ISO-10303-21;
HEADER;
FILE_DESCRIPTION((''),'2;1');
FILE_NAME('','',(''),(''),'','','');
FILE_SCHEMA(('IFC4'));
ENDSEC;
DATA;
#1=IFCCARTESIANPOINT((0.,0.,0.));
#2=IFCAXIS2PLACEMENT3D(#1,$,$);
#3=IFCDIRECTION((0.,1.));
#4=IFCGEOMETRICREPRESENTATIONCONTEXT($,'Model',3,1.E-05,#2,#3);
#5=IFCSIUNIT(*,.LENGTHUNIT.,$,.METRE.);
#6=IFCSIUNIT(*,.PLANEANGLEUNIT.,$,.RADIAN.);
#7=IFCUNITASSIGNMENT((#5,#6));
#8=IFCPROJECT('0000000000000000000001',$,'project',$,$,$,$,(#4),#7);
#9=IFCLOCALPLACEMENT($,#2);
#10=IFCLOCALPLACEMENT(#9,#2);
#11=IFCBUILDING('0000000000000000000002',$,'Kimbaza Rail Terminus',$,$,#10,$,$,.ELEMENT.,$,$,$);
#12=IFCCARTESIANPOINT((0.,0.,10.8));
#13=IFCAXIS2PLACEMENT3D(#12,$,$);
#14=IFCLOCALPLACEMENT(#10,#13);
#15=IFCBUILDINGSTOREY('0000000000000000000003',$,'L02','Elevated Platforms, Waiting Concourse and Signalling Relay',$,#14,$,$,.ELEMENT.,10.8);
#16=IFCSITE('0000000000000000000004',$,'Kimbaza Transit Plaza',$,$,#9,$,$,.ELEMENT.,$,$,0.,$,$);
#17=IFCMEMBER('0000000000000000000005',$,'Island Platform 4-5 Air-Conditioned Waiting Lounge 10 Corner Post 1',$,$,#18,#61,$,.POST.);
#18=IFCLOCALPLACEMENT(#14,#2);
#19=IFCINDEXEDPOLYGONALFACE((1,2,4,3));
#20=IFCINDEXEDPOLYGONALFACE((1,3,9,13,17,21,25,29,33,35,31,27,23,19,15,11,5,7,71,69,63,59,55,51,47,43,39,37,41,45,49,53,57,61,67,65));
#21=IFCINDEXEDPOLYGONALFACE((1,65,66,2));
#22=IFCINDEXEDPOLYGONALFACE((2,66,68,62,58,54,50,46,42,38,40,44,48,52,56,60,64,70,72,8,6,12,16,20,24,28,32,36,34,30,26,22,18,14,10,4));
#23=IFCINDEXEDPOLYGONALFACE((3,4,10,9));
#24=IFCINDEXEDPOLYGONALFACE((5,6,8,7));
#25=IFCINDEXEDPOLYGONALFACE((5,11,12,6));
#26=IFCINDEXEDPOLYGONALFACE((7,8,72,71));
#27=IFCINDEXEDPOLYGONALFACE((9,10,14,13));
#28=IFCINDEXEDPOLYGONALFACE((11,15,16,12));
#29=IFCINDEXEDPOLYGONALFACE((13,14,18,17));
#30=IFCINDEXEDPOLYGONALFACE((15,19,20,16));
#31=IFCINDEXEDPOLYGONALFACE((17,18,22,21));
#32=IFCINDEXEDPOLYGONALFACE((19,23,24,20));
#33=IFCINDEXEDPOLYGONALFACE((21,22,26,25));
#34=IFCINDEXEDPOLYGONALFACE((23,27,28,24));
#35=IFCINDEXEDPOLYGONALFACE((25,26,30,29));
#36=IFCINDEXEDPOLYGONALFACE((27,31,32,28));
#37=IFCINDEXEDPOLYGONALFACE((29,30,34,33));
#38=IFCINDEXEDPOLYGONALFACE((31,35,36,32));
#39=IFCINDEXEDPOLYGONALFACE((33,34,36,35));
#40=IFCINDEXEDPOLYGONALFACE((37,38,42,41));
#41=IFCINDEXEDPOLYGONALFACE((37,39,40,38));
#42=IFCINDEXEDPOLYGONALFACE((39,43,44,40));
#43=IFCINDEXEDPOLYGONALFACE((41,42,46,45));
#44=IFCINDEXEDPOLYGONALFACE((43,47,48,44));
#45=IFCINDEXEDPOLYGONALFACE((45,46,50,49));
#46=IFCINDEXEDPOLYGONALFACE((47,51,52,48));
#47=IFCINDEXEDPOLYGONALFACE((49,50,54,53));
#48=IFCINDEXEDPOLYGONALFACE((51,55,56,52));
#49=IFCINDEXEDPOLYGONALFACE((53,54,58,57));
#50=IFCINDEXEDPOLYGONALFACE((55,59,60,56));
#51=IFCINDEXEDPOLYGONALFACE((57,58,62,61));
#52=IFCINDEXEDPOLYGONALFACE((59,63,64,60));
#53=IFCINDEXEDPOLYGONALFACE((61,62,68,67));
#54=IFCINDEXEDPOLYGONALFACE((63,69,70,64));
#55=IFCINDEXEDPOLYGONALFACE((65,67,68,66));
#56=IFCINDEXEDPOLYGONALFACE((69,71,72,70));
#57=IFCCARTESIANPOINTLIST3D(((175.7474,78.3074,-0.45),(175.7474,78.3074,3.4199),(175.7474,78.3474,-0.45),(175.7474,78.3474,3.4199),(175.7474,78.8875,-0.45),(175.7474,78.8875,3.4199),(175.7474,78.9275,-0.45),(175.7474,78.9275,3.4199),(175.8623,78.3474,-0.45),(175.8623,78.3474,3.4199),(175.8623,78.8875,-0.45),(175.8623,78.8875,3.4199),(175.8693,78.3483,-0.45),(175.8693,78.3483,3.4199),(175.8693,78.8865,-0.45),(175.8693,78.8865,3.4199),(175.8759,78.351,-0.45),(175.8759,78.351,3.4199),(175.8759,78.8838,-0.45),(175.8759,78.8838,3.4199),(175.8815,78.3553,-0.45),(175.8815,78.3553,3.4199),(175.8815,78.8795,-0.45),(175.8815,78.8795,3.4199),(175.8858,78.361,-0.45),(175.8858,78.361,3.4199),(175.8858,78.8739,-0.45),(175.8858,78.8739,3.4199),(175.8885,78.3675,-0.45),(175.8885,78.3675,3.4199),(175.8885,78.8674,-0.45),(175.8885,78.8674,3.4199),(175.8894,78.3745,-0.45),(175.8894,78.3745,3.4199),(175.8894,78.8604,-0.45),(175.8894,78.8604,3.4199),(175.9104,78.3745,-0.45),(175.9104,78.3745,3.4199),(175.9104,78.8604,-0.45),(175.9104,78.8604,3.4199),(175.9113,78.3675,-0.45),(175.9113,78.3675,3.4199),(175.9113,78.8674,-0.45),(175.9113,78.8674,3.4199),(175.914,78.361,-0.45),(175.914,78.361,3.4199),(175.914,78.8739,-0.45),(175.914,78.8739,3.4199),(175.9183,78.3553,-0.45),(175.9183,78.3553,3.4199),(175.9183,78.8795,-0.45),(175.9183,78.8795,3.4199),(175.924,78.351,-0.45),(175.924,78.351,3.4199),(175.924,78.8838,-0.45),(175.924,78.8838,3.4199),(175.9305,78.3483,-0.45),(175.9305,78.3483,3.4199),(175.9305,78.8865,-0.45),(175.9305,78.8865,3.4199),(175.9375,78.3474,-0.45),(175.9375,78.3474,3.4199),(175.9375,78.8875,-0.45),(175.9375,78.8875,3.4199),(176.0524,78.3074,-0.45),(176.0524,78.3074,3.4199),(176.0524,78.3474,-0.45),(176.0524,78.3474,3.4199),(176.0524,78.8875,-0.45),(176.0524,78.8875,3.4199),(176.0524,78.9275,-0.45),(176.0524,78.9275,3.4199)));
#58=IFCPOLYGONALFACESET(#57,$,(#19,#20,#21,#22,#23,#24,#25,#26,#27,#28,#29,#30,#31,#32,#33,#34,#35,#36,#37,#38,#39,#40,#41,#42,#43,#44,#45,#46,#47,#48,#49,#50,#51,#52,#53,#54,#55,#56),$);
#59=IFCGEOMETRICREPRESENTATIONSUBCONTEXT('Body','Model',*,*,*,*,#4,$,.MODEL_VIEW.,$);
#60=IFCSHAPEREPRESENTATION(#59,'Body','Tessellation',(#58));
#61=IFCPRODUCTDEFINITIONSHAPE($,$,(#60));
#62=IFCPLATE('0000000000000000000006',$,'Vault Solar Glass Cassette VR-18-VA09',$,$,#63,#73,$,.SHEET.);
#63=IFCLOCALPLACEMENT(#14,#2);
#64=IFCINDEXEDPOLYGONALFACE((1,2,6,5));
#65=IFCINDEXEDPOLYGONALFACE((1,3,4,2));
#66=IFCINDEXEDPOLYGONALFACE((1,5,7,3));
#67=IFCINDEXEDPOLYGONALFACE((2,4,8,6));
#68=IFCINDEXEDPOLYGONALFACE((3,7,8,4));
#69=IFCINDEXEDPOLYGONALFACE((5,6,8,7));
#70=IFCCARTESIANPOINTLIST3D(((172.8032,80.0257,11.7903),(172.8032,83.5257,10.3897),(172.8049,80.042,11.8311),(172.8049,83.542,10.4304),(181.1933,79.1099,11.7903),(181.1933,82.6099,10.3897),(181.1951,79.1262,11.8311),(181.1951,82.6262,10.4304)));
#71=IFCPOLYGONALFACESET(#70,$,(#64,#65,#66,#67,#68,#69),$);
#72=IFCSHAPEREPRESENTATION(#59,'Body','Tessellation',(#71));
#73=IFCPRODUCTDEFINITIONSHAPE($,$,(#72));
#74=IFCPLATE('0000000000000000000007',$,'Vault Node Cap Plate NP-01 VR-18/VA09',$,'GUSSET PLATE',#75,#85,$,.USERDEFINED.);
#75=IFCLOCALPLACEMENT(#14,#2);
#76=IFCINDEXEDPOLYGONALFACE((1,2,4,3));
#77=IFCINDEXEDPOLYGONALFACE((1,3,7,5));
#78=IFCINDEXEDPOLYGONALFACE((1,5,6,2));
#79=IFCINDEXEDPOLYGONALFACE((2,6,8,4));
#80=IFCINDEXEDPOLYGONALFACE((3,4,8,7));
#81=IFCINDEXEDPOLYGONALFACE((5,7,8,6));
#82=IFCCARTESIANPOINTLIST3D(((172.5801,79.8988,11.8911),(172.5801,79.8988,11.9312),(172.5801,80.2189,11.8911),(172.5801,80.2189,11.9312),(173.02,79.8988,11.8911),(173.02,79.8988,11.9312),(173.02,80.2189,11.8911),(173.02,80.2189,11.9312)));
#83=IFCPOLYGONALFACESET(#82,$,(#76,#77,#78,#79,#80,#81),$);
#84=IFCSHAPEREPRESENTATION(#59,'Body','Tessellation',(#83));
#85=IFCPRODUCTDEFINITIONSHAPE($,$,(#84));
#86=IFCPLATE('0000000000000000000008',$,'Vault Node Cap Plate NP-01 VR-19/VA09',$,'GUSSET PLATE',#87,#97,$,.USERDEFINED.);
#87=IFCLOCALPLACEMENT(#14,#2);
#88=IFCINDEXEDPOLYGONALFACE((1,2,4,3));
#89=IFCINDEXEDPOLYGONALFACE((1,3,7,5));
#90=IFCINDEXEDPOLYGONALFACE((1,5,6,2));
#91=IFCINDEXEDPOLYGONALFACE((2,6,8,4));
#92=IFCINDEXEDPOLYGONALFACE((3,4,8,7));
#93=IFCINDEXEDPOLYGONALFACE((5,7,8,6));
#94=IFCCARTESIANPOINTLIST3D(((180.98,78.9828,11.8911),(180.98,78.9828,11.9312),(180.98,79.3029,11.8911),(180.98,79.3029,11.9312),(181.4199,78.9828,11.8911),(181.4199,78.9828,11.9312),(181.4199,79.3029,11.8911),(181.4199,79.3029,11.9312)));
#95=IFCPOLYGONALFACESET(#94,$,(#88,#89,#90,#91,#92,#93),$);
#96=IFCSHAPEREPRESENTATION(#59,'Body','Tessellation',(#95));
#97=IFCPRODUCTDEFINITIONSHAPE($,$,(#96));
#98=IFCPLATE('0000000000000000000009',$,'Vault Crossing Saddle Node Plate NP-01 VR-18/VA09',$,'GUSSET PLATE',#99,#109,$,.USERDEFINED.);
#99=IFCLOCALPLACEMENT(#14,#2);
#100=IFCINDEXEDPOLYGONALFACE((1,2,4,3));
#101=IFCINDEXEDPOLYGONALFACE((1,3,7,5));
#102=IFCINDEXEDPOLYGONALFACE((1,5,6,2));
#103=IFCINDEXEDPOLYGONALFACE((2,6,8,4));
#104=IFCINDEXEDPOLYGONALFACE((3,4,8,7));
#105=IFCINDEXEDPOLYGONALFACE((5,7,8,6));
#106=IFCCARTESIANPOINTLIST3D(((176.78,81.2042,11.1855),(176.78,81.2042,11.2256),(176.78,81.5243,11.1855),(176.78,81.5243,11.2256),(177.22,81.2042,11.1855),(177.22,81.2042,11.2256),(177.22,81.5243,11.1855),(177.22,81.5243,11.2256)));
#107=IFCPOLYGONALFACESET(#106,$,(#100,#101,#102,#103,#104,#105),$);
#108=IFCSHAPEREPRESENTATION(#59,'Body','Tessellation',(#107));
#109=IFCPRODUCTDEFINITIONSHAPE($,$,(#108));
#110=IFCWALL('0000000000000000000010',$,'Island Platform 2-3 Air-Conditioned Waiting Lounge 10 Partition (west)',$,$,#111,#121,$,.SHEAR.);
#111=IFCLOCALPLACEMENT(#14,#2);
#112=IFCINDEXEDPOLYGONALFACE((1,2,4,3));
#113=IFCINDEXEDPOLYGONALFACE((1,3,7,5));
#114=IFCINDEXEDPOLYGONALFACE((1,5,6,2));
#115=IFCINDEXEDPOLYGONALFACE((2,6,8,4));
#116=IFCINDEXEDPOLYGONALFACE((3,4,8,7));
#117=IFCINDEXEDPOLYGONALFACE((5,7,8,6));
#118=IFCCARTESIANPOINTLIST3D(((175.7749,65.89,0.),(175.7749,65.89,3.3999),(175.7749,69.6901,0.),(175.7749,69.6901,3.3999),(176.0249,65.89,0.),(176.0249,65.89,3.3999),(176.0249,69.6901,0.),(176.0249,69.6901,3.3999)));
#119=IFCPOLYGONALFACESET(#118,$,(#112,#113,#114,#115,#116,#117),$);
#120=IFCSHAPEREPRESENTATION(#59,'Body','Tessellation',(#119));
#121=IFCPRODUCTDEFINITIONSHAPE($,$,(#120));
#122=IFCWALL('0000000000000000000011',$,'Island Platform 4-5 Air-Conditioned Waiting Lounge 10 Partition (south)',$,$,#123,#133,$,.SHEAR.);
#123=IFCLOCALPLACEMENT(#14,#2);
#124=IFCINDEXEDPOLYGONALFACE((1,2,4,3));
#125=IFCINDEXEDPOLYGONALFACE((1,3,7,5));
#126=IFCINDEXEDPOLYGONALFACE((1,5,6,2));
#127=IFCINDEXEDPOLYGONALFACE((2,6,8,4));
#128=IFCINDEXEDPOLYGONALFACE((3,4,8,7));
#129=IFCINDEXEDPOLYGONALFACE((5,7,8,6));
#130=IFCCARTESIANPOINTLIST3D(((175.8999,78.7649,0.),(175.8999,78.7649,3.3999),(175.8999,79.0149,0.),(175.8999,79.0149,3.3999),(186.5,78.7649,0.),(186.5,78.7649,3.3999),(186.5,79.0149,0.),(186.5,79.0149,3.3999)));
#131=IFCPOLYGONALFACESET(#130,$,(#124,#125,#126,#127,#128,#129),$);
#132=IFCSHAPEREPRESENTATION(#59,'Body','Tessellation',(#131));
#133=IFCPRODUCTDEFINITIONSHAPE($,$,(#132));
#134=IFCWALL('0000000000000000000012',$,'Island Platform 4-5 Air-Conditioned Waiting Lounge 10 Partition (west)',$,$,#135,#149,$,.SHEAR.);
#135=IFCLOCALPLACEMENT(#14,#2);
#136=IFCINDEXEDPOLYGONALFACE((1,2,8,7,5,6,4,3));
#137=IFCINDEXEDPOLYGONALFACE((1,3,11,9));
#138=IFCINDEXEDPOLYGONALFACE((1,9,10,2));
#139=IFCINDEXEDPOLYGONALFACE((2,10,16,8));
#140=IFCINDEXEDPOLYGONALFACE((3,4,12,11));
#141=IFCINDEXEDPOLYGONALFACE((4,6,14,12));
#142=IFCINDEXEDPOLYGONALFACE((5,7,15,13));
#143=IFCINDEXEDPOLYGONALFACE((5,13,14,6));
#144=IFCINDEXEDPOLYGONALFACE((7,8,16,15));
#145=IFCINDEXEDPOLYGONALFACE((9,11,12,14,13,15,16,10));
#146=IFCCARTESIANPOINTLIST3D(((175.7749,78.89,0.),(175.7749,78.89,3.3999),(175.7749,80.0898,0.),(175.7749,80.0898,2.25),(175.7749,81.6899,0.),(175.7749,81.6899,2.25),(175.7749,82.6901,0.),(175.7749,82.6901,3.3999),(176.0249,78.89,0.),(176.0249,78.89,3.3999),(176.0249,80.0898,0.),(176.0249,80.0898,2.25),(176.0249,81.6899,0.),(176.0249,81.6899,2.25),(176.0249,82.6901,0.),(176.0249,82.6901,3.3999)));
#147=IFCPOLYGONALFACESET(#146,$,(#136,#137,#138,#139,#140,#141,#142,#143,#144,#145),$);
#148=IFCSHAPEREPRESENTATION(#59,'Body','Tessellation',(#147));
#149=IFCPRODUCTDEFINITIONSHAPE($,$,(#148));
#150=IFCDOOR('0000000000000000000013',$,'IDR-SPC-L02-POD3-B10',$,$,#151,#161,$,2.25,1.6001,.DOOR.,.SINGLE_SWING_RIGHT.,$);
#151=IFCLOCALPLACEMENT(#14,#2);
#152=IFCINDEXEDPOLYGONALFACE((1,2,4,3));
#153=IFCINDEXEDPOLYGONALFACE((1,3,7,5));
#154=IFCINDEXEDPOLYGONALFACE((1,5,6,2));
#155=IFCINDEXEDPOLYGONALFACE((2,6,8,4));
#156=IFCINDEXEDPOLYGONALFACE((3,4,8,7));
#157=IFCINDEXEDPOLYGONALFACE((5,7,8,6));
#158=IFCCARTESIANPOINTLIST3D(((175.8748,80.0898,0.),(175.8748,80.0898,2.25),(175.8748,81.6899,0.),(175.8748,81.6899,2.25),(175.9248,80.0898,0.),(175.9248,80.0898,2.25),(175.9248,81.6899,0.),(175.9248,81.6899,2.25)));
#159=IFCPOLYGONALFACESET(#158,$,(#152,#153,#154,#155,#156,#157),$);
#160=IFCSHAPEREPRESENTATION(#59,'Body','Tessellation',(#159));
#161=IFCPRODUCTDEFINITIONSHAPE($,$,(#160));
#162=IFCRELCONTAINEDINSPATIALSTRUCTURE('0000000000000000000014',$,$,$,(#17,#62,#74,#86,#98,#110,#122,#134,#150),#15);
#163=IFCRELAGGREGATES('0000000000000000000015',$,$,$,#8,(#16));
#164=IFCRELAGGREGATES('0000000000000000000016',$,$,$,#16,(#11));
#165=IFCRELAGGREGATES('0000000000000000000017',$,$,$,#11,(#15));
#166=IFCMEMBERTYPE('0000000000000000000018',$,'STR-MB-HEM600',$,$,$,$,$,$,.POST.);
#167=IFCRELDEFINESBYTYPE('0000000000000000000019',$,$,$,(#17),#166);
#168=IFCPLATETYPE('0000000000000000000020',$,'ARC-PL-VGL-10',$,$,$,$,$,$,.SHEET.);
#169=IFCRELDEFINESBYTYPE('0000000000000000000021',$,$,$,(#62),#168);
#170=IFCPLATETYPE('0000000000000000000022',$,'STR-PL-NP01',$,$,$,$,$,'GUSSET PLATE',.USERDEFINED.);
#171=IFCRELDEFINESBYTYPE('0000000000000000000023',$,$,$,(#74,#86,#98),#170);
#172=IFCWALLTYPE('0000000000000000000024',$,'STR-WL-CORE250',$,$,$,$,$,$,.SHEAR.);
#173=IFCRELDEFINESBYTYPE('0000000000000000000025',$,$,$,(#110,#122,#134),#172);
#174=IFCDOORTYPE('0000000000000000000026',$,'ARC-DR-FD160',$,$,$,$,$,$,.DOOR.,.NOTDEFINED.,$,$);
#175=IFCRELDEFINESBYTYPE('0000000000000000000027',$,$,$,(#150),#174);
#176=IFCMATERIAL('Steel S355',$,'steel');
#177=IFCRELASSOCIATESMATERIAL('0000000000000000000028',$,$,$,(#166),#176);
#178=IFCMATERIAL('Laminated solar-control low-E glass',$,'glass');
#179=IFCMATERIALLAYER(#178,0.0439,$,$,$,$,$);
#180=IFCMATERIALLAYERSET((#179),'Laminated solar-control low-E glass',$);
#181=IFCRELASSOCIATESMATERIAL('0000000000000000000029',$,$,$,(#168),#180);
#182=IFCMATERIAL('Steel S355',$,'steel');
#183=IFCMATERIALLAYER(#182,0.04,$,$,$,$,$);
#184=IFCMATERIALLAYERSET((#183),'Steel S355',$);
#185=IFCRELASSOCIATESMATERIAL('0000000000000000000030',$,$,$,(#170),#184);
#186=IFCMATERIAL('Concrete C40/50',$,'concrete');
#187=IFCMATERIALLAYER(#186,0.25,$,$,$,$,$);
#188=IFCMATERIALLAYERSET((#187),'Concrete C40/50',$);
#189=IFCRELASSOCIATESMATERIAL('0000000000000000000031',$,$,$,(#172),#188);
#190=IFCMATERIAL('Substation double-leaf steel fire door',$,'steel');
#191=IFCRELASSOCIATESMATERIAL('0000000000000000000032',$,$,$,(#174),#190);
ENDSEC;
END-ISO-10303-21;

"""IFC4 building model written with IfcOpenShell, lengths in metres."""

from ifc_helpers import new_model, si_unit, direction, frame, frame_2d, origin, origin_2d, place, context, subcontext, project, spatial, polyline, rectangle, i_section, outline, extrude, material, layer, layer_set, material_profile, profile_set, type_object, element, fill, save


model = new_model("IFC4")

# Units and contexts
model_context = context("Model", 3, precision=1e-05, world=origin(), true_north=direction((0.0, 1.0)))
body_context = subcontext(model_context, "Body", "Model", "MODEL_VIEW")
ifc_project = project(units=[si_unit("LENGTHUNIT", "METRE"), si_unit("PLANEANGLEUNIT", "RADIAN")], contexts=[model_context])

# Site, building, storey
site_placement = place(None, origin())
site = spatial("IfcSite", under=ifc_project, at=site_placement, Name="Kimbaza Transit Plaza", CompositionType="ELEMENT", RefElevation=0.0)
building_placement = place(site_placement, origin())
building = spatial("IfcBuilding", under=site, at=building_placement, Name="Kimbaza Rail Terminus", CompositionType="ELEMENT")
storey_placement = place(building_placement, frame((0.0, 0.0, 10.8)))
storey = spatial("IfcBuildingStorey", under=building, at=storey_placement, Name="L02", Description="Elevated Platforms, Waiting Concourse and Signalling Relay", CompositionType="ELEMENT", Elevation=10.8)

# Member
ifc_material_1 = material(Name="Steel S355", Category="steel")
ifc_material_profile_1 = material_profile(ifc_material_1, i_section(OverallWidth=0.3049, OverallDepth=0.6201, WebThickness=0.021, FlangeThickness=0.04, FilletRadius=0.0271, at=origin_2d()), Name="HEM 600")
ifc_profile_set_1 = profile_set([ifc_material_profile_1], Name="Steel S355")
member_type_1 = type_object("IfcMemberType", Name="STR-MB-HEM600", PredefinedType="POST", material=ifc_profile_set_1)
for number, where, z_axis, x_axis, name in (
    (1, (175.8999, 78.6174, -0.45), (0.0, 0.0, 1.0), (1.0, 0.0, 0.0), "Island Platform 4-5 Air-Conditioned Waiting Lounge 10 Corner Post 1"),
):
    element("IfcMember", number, at=place(storey_placement, frame(where, z_axis=z_axis, x_axis=x_axis)), inside=storey, type_object=member_type_1, Name=name, PredefinedType="POST", context=body_context, shape_type="SweptSolid", body=[
        extrude(i_section(OverallWidth=0.3049, OverallDepth=0.6201, WebThickness=0.021, FlangeThickness=0.04, FilletRadius=0.0271, at=origin_2d()), origin(), (0.0, 0.0, 1.0), 3.8699),
    ])

# Plates
ifc_material_2 = material(Name="Laminated solar-control low-E glass", Category="glass")
ifc_layer_1 = layer(ifc_material_2, 0.0439)
ifc_layer_set_1 = layer_set([ifc_layer_1], Name="Laminated solar-control low-E glass")
plate_type_1 = type_object("IfcPlateType", Name="ARC-PL-VGL-10", PredefinedType="SHEET", material=ifc_layer_set_1)
plate_placement = place(storey_placement, frame((172.8049, 80.042, 11.8311), z_axis=(0.040519, 0.371231, 0.927656), x_axis=(0.994096, -0.108504, 0.0)))
element("IfcPlate", 2, at=plate_placement, inside=storey, type_object=plate_type_1, Name="Vault Solar Glass Cassette VR-18-VA09", PredefinedType="SHEET", context=body_context, shape_type="SweptSolid", body=[
    extrude(outline(polyline([(0.0, 0.0), (8.44, 0.0), (8.0602, 3.7507), (-0.3798, 3.7507), (0.0, 0.0)])), origin(), (0.0, 0.0, -1.0), 0.0439),
])
ifc_material_3 = material(Name="Steel S355", Category="steel")
ifc_layer_2 = layer(ifc_material_3, 0.04)
ifc_layer_set_2 = layer_set([ifc_layer_2], Name="Steel S355")
plate_type_2 = type_object("IfcPlateType", Name="STR-PL-NP01", ElementType="GUSSET PLATE", PredefinedType="USERDEFINED", material=ifc_layer_set_2)
for number, where, z_axis, x_axis, name in (
    (3, (172.8, 80.0588, 11.8911), (0.0, 0.0, 1.0), (1.0, 0.0, 0.0), "Vault Node Cap Plate NP-01 VR-18/VA09"),
    (4, (181.2, 79.1428, 11.8911), (0.0, 0.0, 1.0), (1.0, 0.0, 0.0), "Vault Node Cap Plate NP-01 VR-19/VA09"),
    (5, (177.0, 81.3643, 11.1855), (0.0, 0.0, 1.0), (1.0, 0.0, 0.0), "Vault Crossing Saddle Node Plate NP-01 VR-18/VA09"),
):
    element("IfcPlate", number, at=place(storey_placement, frame(where, z_axis=z_axis, x_axis=x_axis)), inside=storey, type_object=plate_type_2, Name=name, ObjectType="GUSSET PLATE", PredefinedType="USERDEFINED", context=body_context, shape_type="SweptSolid", body=[
        extrude(rectangle(XDim=0.4399, YDim=0.3201, at=origin_2d()), origin(), (0.0, 0.0, 1.0), 0.04),
    ])

# Walls
ifc_material_4 = material(Name="Concrete C40/50", Category="concrete")
ifc_layer_3 = layer(ifc_material_4, 0.25)
ifc_layer_set_3 = layer_set([ifc_layer_3], Name="Concrete C40/50")
wall_type = type_object("IfcWallType", Name="STR-WL-CORE250", PredefinedType="SHEAR", material=ifc_layer_set_3)
wall_1_placement = place(storey_placement, frame((175.8999, 69.6899, 0.0), z_axis=(0.0, 0.0, 1.0), x_axis=(0.0, -1.0, 0.0)))
element("IfcWall", 6, at=wall_1_placement, inside=storey, type_object=wall_type, Name="Island Platform 2-3 Air-Conditioned Waiting Lounge 10 Partition (west)", PredefinedType="SHEAR", context=body_context, shape_type="SweptSolid", body=[
    extrude(rectangle(XDim=3.8, YDim=0.25, at=frame_2d((1.8999, 0.0))), origin(), (0.0, 0.0, 1.0), 3.3999),
])
wall_2_placement = place(storey_placement, frame((175.8999, 78.8899, 0.0), z_axis=(0.0, 0.0, 1.0), x_axis=(1.0, 0.0, 0.0)))
element("IfcWall", 7, at=wall_2_placement, inside=storey, type_object=wall_type, Name="Island Platform 4-5 Air-Conditioned Waiting Lounge 10 Partition (south)", PredefinedType="SHEAR", context=body_context, shape_type="SweptSolid", body=[
    extrude(rectangle(XDim=10.6001, YDim=0.25, at=frame_2d((5.3, 0.0))), origin(), (0.0, 0.0, 1.0), 3.3999),
])

# Wall, opening, door
wall_3_placement = place(storey_placement, frame((175.8999, 82.6899, 0.0), z_axis=(0.0, 0.0, 1.0), x_axis=(0.0, -1.0, 0.0)))
wall_3 = element("IfcWall", 8, at=wall_3_placement, inside=storey, type_object=wall_type, Name="Island Platform 4-5 Air-Conditioned Waiting Lounge 10 Partition (west)", PredefinedType="SHEAR", context=body_context, shape_type="SweptSolid", body=[
    extrude(rectangle(XDim=3.8, YDim=0.25, at=frame_2d((1.8999, 0.0))), origin(), (0.0, 0.0, 1.0), 3.3999),
])
opening_placement = place(wall_3_placement, frame((1.0, 0.0, 0.0)))
opening = element("IfcOpeningElement", 9, at=opening_placement, cuts=wall_3, PredefinedType="OPENING", context=body_context, shape_type="SweptSolid", body=[
    extrude(rectangle(XDim=1.6001, YDim=2.25, at=frame_2d((0.8, 1.125))), frame((0.0, 0.135, 0.0), z_axis=(0.0, -1.0, 0.0), x_axis=(1.0, 0.0, 0.0)), (0.0, 0.0, 1.0), 0.27),
])
ifc_material_5 = material(Name="Substation double-leaf steel fire door", Category="steel")
door_type = type_object("IfcDoorType", Name="ARC-DR-FD160", OperationType="NOTDEFINED", PredefinedType="DOOR", material=ifc_material_5)
door_placement = place(opening_placement, origin())
door = element("IfcDoor", 10, at=door_placement, inside=storey, type_object=door_type, Name="IDR-SPC-L02-POD3-B10", OperationType="SINGLE_SWING_RIGHT", OverallHeight=2.25, OverallWidth=1.6001, PredefinedType="DOOR", context=body_context, shape_type="SweptSolid", body=[
    extrude(rectangle(XDim=1.6001, YDim=2.25, at=frame_2d((0.8, 1.125))), frame((0.0, 0.0249, 0.0), z_axis=(0.0, -1.0, 0.0), x_axis=(1.0, 0.0, 0.0)), (0.0, 0.0, 1.0), 0.05),
])
fill(opening, door)

save(model, "model.ifc")
